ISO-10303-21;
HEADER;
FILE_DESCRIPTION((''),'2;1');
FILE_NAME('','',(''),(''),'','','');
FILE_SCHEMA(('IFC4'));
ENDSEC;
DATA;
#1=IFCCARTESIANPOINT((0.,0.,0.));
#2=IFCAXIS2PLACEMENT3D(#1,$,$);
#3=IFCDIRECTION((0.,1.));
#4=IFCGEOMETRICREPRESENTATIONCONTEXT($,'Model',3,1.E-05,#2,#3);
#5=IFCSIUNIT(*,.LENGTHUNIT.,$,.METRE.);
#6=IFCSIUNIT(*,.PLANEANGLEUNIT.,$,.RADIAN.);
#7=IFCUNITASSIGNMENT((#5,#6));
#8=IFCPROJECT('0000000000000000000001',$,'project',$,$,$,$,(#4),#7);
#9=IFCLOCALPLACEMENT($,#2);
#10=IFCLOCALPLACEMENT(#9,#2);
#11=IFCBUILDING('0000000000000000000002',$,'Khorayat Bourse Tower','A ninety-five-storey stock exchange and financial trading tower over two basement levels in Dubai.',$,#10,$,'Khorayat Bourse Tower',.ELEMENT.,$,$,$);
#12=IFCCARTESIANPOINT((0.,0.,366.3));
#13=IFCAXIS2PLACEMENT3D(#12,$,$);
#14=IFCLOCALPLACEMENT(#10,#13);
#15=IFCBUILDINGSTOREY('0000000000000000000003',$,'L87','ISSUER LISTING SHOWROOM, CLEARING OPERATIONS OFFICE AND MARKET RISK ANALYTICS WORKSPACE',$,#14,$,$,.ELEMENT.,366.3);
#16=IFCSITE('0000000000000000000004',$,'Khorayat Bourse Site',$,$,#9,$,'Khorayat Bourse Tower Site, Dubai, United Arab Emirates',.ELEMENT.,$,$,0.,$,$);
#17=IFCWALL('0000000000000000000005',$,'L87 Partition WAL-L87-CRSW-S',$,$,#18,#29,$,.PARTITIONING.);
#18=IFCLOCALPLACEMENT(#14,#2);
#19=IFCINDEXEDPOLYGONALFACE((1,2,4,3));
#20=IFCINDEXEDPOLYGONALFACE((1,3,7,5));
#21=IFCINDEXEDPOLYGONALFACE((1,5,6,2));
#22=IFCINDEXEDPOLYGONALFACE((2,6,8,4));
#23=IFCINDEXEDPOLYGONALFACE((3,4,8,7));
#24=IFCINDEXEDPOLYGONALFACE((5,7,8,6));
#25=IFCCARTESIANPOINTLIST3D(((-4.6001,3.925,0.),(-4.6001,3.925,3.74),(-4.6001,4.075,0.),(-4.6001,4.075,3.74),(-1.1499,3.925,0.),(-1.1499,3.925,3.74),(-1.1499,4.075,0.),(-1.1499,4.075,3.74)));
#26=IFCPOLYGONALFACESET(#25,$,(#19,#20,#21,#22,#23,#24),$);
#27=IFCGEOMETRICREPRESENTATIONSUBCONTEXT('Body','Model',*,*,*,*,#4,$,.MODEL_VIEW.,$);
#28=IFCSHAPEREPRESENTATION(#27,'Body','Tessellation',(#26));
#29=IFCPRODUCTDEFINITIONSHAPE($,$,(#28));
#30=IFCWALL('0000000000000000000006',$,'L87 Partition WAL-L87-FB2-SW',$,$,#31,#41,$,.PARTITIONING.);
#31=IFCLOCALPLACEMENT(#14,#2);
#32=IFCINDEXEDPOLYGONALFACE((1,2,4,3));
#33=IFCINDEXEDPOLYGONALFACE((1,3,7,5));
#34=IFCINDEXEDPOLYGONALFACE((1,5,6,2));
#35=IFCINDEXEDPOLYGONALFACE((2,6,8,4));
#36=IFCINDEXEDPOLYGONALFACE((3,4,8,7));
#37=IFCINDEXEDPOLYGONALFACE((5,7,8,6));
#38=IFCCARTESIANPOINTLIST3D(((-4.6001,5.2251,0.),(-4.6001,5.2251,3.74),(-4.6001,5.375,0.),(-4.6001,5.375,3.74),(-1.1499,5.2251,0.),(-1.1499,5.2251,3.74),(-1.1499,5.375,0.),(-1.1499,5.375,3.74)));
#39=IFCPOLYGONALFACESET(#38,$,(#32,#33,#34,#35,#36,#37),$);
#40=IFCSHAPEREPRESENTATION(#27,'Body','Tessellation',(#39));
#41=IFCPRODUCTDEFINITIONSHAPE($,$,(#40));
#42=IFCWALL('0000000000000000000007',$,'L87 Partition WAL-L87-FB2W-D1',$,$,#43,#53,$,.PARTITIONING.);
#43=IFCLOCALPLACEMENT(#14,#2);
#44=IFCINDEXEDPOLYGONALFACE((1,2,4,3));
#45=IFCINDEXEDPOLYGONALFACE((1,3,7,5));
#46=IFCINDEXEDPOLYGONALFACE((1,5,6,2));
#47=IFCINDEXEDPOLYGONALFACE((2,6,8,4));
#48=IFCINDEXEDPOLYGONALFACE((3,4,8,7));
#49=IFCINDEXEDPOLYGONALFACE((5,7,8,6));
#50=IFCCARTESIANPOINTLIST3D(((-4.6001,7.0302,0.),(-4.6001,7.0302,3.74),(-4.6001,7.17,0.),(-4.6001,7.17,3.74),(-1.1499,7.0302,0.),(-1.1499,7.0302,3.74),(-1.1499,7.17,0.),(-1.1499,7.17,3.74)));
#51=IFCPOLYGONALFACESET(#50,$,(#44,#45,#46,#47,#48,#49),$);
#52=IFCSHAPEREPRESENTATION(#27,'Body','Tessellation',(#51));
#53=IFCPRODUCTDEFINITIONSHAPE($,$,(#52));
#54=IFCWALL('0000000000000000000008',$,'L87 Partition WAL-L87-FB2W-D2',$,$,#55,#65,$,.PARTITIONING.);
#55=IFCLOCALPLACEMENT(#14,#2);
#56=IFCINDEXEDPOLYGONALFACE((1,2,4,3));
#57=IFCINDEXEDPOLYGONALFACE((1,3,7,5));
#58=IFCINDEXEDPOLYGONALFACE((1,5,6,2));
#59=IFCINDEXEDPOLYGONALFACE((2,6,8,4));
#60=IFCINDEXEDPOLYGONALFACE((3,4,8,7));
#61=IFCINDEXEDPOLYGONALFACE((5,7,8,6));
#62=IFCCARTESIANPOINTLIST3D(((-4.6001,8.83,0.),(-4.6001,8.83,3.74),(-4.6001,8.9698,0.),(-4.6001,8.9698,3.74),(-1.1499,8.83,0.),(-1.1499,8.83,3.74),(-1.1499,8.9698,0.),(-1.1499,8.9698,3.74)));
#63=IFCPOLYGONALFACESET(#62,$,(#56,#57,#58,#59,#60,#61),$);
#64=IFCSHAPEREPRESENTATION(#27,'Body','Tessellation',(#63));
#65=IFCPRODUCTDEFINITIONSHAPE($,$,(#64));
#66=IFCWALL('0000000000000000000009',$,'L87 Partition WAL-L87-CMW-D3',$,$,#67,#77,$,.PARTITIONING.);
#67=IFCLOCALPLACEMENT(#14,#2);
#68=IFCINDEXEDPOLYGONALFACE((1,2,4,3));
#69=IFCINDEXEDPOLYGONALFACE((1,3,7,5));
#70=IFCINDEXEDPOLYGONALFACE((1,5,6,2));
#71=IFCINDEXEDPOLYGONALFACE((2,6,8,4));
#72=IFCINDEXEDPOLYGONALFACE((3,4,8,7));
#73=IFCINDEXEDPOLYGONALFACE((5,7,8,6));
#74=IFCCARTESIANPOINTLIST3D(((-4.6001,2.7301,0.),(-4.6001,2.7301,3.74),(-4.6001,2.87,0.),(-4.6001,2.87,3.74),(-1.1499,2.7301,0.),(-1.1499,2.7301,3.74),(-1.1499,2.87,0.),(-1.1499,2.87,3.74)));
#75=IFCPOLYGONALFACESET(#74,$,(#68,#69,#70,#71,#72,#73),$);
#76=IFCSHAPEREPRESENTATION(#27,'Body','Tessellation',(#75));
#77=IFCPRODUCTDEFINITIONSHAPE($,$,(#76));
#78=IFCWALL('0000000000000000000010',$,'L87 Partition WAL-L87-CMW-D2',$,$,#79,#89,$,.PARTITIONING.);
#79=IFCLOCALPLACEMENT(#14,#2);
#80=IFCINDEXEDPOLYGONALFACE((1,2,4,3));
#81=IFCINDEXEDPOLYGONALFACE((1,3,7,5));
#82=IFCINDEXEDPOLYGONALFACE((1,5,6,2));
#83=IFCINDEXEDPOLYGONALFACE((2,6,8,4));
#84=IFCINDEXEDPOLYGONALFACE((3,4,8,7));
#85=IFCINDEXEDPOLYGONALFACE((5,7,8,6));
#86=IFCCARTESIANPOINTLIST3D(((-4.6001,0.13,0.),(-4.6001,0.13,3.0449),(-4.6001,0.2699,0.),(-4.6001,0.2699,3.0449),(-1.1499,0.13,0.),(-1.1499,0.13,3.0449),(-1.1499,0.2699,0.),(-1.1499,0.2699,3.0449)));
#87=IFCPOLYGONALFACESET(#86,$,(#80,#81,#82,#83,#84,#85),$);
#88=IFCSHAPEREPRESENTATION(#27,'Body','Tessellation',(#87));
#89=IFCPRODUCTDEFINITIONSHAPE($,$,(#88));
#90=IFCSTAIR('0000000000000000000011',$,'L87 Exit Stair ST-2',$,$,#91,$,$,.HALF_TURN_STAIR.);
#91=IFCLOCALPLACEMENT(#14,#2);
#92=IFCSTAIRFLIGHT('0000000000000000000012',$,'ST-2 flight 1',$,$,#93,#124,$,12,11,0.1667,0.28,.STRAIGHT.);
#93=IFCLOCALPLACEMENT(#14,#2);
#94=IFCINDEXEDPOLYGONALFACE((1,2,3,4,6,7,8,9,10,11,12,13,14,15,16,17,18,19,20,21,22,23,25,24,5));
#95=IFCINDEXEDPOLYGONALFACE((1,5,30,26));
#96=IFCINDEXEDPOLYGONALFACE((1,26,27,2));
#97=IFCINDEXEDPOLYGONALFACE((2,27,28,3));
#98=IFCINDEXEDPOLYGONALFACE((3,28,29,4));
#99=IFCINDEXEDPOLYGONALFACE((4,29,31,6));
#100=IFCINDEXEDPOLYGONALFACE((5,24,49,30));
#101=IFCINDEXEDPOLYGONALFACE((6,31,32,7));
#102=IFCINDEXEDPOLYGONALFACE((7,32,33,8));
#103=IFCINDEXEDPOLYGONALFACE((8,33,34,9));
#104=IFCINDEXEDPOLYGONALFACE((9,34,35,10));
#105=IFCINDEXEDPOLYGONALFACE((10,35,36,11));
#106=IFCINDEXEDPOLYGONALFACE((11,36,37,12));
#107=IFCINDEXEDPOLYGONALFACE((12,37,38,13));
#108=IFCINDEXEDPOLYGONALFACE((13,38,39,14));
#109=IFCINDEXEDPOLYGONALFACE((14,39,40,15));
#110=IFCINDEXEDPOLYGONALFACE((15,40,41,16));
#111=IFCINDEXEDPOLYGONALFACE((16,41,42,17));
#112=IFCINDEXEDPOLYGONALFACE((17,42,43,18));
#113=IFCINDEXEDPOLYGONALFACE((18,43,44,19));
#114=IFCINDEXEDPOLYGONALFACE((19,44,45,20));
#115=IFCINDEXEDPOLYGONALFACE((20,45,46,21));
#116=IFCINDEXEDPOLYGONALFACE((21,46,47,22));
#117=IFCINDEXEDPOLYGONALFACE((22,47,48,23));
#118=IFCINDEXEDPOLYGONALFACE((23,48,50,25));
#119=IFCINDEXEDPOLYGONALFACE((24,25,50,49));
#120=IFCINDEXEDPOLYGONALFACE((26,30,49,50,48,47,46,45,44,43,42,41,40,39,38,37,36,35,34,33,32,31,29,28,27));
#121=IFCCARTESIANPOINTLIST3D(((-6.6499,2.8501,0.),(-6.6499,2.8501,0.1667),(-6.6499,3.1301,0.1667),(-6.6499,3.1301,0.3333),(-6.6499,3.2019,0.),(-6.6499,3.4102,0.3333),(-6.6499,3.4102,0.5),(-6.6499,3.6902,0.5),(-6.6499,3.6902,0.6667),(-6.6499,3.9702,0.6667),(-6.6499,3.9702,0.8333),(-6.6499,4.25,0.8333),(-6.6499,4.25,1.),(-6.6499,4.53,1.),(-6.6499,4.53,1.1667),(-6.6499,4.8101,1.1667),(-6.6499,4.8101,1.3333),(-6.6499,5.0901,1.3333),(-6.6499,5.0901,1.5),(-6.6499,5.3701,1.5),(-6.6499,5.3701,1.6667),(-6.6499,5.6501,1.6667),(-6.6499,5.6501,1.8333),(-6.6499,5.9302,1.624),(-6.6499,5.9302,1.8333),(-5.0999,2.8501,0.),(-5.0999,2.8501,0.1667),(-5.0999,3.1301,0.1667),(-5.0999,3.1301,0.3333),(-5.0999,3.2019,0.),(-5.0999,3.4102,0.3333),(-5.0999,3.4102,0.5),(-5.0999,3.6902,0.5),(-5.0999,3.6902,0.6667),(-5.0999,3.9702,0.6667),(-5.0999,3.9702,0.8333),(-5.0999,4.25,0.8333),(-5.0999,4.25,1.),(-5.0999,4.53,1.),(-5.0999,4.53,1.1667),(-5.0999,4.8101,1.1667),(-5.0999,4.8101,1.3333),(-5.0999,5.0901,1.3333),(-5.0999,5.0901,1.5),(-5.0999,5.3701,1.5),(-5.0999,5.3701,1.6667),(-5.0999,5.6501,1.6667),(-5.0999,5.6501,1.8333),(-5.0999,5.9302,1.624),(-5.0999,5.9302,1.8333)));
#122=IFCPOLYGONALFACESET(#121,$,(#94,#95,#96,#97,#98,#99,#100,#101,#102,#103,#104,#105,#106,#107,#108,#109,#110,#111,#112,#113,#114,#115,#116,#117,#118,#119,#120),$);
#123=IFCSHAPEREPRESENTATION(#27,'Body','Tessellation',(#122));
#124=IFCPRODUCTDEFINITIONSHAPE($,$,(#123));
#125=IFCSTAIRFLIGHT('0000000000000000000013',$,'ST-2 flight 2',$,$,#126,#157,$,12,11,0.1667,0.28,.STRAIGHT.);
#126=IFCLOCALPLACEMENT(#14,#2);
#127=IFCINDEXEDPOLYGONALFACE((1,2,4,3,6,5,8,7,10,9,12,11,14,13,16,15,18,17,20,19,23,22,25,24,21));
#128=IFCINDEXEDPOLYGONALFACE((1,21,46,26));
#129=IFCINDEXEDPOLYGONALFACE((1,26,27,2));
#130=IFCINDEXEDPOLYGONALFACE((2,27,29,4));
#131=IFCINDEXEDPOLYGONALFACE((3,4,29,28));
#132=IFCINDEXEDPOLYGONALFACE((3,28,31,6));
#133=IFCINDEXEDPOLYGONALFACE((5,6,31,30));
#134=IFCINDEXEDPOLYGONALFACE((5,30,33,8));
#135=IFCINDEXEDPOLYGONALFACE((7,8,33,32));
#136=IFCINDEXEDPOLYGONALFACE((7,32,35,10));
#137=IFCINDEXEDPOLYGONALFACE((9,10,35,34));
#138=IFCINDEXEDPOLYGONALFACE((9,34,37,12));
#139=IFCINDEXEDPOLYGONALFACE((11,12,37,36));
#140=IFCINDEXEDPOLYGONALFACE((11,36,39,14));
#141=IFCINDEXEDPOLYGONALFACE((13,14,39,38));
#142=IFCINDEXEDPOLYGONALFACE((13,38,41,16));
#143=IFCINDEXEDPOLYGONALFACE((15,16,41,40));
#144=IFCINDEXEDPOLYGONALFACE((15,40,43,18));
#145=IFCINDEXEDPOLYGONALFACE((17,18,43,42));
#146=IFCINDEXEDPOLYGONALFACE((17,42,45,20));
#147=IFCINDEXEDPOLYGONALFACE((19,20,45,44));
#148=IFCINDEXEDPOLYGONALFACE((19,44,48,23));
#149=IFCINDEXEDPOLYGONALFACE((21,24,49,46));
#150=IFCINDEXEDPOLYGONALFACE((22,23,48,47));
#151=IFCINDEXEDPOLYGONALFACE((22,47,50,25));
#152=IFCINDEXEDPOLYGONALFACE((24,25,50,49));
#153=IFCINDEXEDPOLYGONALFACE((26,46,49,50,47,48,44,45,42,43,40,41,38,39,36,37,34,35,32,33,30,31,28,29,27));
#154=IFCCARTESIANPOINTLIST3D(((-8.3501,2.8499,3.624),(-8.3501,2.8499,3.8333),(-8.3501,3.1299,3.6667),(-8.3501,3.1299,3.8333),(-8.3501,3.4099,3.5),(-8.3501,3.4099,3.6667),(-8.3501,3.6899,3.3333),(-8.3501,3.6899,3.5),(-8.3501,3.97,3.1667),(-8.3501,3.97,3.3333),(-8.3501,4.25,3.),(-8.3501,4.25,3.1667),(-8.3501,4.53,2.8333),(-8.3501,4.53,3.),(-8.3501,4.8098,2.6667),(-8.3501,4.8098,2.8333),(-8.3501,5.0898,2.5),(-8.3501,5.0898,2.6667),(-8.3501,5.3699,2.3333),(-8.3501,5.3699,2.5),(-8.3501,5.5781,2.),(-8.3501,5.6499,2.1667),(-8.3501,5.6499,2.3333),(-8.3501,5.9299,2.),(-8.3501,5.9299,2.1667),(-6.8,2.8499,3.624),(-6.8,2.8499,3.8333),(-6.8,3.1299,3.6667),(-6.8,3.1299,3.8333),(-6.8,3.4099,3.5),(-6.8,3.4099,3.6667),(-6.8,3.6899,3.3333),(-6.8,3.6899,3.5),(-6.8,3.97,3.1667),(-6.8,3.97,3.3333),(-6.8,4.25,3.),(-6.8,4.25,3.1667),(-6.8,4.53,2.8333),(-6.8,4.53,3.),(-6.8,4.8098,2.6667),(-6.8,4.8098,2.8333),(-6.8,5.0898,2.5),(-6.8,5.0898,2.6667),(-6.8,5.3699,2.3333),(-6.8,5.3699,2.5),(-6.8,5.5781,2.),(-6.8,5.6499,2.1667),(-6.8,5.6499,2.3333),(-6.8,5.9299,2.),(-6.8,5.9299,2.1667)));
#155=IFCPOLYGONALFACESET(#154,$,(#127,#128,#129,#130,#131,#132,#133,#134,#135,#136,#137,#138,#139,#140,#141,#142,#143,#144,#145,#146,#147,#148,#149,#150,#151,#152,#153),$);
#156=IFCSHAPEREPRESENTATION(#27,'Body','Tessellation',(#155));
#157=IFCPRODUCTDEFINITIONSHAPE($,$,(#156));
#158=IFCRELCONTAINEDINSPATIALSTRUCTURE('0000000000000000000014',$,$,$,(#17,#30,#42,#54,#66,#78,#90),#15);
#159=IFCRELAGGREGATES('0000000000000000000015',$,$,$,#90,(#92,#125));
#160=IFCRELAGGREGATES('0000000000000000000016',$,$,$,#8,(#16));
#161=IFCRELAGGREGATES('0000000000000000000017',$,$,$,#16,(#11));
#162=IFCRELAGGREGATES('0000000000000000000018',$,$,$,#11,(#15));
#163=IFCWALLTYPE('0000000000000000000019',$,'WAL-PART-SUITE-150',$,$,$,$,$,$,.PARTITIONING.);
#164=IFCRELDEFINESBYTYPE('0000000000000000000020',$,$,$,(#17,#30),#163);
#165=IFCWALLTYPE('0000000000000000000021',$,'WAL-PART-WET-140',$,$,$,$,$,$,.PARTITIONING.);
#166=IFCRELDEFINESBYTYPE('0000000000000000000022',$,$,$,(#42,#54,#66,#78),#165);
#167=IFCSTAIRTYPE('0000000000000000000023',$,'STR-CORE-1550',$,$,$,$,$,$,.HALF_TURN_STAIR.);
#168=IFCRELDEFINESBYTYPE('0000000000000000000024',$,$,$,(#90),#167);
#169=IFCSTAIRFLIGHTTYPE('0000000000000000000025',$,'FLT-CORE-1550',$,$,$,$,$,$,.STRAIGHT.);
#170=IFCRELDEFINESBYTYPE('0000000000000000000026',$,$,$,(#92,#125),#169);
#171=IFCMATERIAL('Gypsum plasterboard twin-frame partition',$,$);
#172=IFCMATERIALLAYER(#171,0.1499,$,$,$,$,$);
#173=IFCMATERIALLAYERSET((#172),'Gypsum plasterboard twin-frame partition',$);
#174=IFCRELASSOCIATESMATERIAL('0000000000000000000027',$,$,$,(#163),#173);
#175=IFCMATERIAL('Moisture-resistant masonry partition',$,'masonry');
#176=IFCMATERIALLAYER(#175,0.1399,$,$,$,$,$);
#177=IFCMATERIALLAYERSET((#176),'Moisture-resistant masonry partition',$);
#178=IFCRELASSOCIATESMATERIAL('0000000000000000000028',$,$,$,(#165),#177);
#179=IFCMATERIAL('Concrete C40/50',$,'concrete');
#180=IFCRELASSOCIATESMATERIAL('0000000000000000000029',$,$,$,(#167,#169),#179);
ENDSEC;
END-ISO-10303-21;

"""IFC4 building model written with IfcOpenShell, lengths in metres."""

from ifc_helpers import new_model, si_unit, direction, frame, frame_2d, origin, place, context, subcontext, project, spatial, polyline, rectangle, outline, extrude, source, transform, mapped, material, layer, layer_set, type_object, element, aggregate, save


model = new_model("IFC4")

# Units and contexts
model_context = context("Model", 3, precision=1e-05, world=origin(), true_north=direction((0.0, 1.0)))
body_context = subcontext(model_context, "Body", "Model", "MODEL_VIEW")
ifc_project = project(units=[si_unit("LENGTHUNIT", "METRE"), si_unit("PLANEANGLEUNIT", "RADIAN")], contexts=[model_context])

# Site, building, storey
site_placement = place(None, origin())
site = spatial("IfcSite", under=ifc_project, at=site_placement, Name="Khorayat Bourse Site", LongName="Khorayat Bourse Tower Site, Dubai, United Arab Emirates", CompositionType="ELEMENT", RefElevation=0.0)
building_placement = place(site_placement, origin())
building = spatial("IfcBuilding", under=site, at=building_placement, Name="Khorayat Bourse Tower", Description="A ninety-five-storey stock exchange and financial trading tower over two basement levels in Dubai.", LongName="Khorayat Bourse Tower", CompositionType="ELEMENT")
storey_placement = place(building_placement, frame((0.0, 0.0, 366.3)))
storey = spatial("IfcBuildingStorey", under=building, at=storey_placement, Name="L87", Description="ISSUER LISTING SHOWROOM, CLEARING OPERATIONS OFFICE AND MARKET RISK ANALYTICS WORKSPACE", CompositionType="ELEMENT", Elevation=366.3)

# Walls
ifc_material_1 = material(Name="Gypsum plasterboard twin-frame partition")
ifc_layer_1 = layer(ifc_material_1, 0.1499)
ifc_layer_set_1 = layer_set([ifc_layer_1], Name="Gypsum plasterboard twin-frame partition")
wall_type_1 = type_object("IfcWallType", Name="WAL-PART-SUITE-150", PredefinedType="PARTITIONING", material=ifc_layer_set_1)
shared_shape_1 = source(origin(), body_context, "Body", "SweptSolid", [
    extrude(rectangle(XDim=3.4502, YDim=0.1499, at=frame_2d((1.7251, 0.0))), origin(), (0.0, 0.0, 1.0), 3.74),
])
for number, where, z_axis, x_axis, name in (
    (1, (-4.6001, 4.0, 0.0), (0.0, 0.0, 1.0), (1.0, 0.0, 0.0), "L87 Partition WAL-L87-CRSW-S"),
    (2, (-4.6001, 5.3, 0.0), (0.0, 0.0, 1.0), (1.0, 0.0, 0.0), "L87 Partition WAL-L87-FB2-SW"),
):
    element("IfcWall", number, at=place(storey_placement, frame(where, z_axis=z_axis, x_axis=x_axis)), inside=storey, type_object=wall_type_1, Name=name, PredefinedType="PARTITIONING", context=body_context, shape_type="MappedRepresentation", body=[
        mapped(shared_shape_1, transform((0.0, 0.0, 0.0), scale=1.0)),
    ])
ifc_material_2 = material(Name="Moisture-resistant masonry partition", Category="masonry")
ifc_layer_2 = layer(ifc_material_2, 0.1399)
ifc_layer_set_2 = layer_set([ifc_layer_2], Name="Moisture-resistant masonry partition")
wall_type_2 = type_object("IfcWallType", Name="WAL-PART-WET-140", PredefinedType="PARTITIONING", material=ifc_layer_set_2)
shared_shape_2 = source(origin(), body_context, "Body", "SweptSolid", [
    extrude(rectangle(XDim=3.4502, YDim=0.1399, at=frame_2d((1.7251, 0.0))), origin(), (0.0, 0.0, 1.0), 3.74),
])
for number, where, z_axis, x_axis, name in (
    (3, (-4.6001, 7.1001, 0.0), (0.0, 0.0, 1.0), (1.0, 0.0, 0.0), "L87 Partition WAL-L87-FB2W-D1"),
    (4, (-4.6001, 8.8999, 0.0), (0.0, 0.0, 1.0), (1.0, 0.0, 0.0), "L87 Partition WAL-L87-FB2W-D2"),
    (5, (-4.6001, 2.8, 0.0), (0.0, 0.0, 1.0), (1.0, 0.0, 0.0), "L87 Partition WAL-L87-CMW-D3"),
):
    element("IfcWall", number, at=place(storey_placement, frame(where, z_axis=z_axis, x_axis=x_axis)), inside=storey, type_object=wall_type_2, Name=name, PredefinedType="PARTITIONING", context=body_context, shape_type="MappedRepresentation", body=[
        mapped(shared_shape_2, transform((0.0, 0.0, 0.0), scale=1.0)),
    ])
shared_shape_3 = source(origin(), body_context, "Body", "SweptSolid", [
    extrude(rectangle(XDim=3.4502, YDim=0.1399, at=frame_2d((1.7251, 0.0))), origin(), (0.0, 0.0, 1.0), 3.0449),
])
wall_1_placement = place(storey_placement, frame((-4.6001, 0.2, 0.0), z_axis=(0.0, 0.0, 1.0), x_axis=(1.0, 0.0, 0.0)))
element("IfcWall", 6, at=wall_1_placement, inside=storey, type_object=wall_type_2, Name="L87 Partition WAL-L87-CMW-D2", PredefinedType="PARTITIONING", context=body_context, shape_type="MappedRepresentation", body=[
    mapped(shared_shape_3, transform((0.0, 0.0, 0.0), scale=1.0)),
])

# Stair, stair flights
ifc_material_3 = material(Name="Concrete C40/50", Category="concrete")
stair_type = type_object("IfcStairType", Name="STR-CORE-1550", PredefinedType="HALF_TURN_STAIR", material=ifc_material_3)
stair_placement = place(storey_placement, origin())
stair = element("IfcStair", 7, at=stair_placement, inside=storey, type_object=stair_type, Name="L87 Exit Stair ST-2", PredefinedType="HALF_TURN_STAIR")
stair_flight_type = type_object("IfcStairFlightType", Name="FLT-CORE-1550", PredefinedType="STRAIGHT", material=ifc_material_3)
shared_shape_4 = source(origin(), body_context, "Body", "SweptSolid", [
    extrude(outline(polyline([(0.0, 0.0), (0.0, 0.1667), (0.28, 0.1667), (0.28, 0.3333), (0.5601, 0.3333), (0.5601, 0.5), (0.8401, 0.5), (0.8401, 0.6667), (1.1201, 0.6667), (1.1201, 0.8333), (1.3999, 0.8333), (1.3999, 1.0), (1.6799, 1.0), (1.6799, 1.1667), (1.96, 1.1667), (1.96, 1.3333), (2.24, 1.3333), (2.24, 1.5), (2.52, 1.5), (2.52, 1.6667), (2.8, 1.6667), (2.8, 1.8333), (3.0801, 1.8333), (3.0801, 2.0), (3.0801, 1.624), (0.3518, 0.0), (0.0, 0.0)])), frame((0.0, 0.7749, 0.0), z_axis=(0.0, -1.0, 0.0), x_axis=(1.0, 0.0, 0.0)), (0.0, 0.0, 1.0), 1.55),
])
stair_flight_1_placement = place(storey_placement, frame((-5.875, 2.8501, 0.0), z_axis=(0.0, 0.0, 1.0), x_axis=(0.0, 1.0, 0.0)))
stair_flight_1 = element("IfcStairFlight", 8, at=stair_flight_1_placement, type_object=stair_flight_type, Name="ST-2 flight 1", NumberOfRisers=12, NumberOfTreads=11, PredefinedType="STRAIGHT", RiserHeight=0.1667, TreadLength=0.28, context=body_context, shape_type="MappedRepresentation", body=[
    mapped(shared_shape_4, transform((0.0, 0.0, 0.0), scale=1.0)),
])
stair_flight_2_placement = place(storey_placement, frame((-7.575, 5.9299, 2.0), z_axis=(0.0, 0.0, 1.0), x_axis=(0.0, -1.0, 0.0)))
stair_flight_2 = element("IfcStairFlight", 9, at=stair_flight_2_placement, type_object=stair_flight_type, Name="ST-2 flight 2", NumberOfRisers=12, NumberOfTreads=11, PredefinedType="STRAIGHT", RiserHeight=0.1667, TreadLength=0.28, context=body_context, shape_type="MappedRepresentation", body=[
    mapped(shared_shape_4, transform((0.0, 0.0, 0.0), scale=1.0)),
])
aggregate(stair, [stair_flight_1, stair_flight_2])

save(model, "model.ifc")
